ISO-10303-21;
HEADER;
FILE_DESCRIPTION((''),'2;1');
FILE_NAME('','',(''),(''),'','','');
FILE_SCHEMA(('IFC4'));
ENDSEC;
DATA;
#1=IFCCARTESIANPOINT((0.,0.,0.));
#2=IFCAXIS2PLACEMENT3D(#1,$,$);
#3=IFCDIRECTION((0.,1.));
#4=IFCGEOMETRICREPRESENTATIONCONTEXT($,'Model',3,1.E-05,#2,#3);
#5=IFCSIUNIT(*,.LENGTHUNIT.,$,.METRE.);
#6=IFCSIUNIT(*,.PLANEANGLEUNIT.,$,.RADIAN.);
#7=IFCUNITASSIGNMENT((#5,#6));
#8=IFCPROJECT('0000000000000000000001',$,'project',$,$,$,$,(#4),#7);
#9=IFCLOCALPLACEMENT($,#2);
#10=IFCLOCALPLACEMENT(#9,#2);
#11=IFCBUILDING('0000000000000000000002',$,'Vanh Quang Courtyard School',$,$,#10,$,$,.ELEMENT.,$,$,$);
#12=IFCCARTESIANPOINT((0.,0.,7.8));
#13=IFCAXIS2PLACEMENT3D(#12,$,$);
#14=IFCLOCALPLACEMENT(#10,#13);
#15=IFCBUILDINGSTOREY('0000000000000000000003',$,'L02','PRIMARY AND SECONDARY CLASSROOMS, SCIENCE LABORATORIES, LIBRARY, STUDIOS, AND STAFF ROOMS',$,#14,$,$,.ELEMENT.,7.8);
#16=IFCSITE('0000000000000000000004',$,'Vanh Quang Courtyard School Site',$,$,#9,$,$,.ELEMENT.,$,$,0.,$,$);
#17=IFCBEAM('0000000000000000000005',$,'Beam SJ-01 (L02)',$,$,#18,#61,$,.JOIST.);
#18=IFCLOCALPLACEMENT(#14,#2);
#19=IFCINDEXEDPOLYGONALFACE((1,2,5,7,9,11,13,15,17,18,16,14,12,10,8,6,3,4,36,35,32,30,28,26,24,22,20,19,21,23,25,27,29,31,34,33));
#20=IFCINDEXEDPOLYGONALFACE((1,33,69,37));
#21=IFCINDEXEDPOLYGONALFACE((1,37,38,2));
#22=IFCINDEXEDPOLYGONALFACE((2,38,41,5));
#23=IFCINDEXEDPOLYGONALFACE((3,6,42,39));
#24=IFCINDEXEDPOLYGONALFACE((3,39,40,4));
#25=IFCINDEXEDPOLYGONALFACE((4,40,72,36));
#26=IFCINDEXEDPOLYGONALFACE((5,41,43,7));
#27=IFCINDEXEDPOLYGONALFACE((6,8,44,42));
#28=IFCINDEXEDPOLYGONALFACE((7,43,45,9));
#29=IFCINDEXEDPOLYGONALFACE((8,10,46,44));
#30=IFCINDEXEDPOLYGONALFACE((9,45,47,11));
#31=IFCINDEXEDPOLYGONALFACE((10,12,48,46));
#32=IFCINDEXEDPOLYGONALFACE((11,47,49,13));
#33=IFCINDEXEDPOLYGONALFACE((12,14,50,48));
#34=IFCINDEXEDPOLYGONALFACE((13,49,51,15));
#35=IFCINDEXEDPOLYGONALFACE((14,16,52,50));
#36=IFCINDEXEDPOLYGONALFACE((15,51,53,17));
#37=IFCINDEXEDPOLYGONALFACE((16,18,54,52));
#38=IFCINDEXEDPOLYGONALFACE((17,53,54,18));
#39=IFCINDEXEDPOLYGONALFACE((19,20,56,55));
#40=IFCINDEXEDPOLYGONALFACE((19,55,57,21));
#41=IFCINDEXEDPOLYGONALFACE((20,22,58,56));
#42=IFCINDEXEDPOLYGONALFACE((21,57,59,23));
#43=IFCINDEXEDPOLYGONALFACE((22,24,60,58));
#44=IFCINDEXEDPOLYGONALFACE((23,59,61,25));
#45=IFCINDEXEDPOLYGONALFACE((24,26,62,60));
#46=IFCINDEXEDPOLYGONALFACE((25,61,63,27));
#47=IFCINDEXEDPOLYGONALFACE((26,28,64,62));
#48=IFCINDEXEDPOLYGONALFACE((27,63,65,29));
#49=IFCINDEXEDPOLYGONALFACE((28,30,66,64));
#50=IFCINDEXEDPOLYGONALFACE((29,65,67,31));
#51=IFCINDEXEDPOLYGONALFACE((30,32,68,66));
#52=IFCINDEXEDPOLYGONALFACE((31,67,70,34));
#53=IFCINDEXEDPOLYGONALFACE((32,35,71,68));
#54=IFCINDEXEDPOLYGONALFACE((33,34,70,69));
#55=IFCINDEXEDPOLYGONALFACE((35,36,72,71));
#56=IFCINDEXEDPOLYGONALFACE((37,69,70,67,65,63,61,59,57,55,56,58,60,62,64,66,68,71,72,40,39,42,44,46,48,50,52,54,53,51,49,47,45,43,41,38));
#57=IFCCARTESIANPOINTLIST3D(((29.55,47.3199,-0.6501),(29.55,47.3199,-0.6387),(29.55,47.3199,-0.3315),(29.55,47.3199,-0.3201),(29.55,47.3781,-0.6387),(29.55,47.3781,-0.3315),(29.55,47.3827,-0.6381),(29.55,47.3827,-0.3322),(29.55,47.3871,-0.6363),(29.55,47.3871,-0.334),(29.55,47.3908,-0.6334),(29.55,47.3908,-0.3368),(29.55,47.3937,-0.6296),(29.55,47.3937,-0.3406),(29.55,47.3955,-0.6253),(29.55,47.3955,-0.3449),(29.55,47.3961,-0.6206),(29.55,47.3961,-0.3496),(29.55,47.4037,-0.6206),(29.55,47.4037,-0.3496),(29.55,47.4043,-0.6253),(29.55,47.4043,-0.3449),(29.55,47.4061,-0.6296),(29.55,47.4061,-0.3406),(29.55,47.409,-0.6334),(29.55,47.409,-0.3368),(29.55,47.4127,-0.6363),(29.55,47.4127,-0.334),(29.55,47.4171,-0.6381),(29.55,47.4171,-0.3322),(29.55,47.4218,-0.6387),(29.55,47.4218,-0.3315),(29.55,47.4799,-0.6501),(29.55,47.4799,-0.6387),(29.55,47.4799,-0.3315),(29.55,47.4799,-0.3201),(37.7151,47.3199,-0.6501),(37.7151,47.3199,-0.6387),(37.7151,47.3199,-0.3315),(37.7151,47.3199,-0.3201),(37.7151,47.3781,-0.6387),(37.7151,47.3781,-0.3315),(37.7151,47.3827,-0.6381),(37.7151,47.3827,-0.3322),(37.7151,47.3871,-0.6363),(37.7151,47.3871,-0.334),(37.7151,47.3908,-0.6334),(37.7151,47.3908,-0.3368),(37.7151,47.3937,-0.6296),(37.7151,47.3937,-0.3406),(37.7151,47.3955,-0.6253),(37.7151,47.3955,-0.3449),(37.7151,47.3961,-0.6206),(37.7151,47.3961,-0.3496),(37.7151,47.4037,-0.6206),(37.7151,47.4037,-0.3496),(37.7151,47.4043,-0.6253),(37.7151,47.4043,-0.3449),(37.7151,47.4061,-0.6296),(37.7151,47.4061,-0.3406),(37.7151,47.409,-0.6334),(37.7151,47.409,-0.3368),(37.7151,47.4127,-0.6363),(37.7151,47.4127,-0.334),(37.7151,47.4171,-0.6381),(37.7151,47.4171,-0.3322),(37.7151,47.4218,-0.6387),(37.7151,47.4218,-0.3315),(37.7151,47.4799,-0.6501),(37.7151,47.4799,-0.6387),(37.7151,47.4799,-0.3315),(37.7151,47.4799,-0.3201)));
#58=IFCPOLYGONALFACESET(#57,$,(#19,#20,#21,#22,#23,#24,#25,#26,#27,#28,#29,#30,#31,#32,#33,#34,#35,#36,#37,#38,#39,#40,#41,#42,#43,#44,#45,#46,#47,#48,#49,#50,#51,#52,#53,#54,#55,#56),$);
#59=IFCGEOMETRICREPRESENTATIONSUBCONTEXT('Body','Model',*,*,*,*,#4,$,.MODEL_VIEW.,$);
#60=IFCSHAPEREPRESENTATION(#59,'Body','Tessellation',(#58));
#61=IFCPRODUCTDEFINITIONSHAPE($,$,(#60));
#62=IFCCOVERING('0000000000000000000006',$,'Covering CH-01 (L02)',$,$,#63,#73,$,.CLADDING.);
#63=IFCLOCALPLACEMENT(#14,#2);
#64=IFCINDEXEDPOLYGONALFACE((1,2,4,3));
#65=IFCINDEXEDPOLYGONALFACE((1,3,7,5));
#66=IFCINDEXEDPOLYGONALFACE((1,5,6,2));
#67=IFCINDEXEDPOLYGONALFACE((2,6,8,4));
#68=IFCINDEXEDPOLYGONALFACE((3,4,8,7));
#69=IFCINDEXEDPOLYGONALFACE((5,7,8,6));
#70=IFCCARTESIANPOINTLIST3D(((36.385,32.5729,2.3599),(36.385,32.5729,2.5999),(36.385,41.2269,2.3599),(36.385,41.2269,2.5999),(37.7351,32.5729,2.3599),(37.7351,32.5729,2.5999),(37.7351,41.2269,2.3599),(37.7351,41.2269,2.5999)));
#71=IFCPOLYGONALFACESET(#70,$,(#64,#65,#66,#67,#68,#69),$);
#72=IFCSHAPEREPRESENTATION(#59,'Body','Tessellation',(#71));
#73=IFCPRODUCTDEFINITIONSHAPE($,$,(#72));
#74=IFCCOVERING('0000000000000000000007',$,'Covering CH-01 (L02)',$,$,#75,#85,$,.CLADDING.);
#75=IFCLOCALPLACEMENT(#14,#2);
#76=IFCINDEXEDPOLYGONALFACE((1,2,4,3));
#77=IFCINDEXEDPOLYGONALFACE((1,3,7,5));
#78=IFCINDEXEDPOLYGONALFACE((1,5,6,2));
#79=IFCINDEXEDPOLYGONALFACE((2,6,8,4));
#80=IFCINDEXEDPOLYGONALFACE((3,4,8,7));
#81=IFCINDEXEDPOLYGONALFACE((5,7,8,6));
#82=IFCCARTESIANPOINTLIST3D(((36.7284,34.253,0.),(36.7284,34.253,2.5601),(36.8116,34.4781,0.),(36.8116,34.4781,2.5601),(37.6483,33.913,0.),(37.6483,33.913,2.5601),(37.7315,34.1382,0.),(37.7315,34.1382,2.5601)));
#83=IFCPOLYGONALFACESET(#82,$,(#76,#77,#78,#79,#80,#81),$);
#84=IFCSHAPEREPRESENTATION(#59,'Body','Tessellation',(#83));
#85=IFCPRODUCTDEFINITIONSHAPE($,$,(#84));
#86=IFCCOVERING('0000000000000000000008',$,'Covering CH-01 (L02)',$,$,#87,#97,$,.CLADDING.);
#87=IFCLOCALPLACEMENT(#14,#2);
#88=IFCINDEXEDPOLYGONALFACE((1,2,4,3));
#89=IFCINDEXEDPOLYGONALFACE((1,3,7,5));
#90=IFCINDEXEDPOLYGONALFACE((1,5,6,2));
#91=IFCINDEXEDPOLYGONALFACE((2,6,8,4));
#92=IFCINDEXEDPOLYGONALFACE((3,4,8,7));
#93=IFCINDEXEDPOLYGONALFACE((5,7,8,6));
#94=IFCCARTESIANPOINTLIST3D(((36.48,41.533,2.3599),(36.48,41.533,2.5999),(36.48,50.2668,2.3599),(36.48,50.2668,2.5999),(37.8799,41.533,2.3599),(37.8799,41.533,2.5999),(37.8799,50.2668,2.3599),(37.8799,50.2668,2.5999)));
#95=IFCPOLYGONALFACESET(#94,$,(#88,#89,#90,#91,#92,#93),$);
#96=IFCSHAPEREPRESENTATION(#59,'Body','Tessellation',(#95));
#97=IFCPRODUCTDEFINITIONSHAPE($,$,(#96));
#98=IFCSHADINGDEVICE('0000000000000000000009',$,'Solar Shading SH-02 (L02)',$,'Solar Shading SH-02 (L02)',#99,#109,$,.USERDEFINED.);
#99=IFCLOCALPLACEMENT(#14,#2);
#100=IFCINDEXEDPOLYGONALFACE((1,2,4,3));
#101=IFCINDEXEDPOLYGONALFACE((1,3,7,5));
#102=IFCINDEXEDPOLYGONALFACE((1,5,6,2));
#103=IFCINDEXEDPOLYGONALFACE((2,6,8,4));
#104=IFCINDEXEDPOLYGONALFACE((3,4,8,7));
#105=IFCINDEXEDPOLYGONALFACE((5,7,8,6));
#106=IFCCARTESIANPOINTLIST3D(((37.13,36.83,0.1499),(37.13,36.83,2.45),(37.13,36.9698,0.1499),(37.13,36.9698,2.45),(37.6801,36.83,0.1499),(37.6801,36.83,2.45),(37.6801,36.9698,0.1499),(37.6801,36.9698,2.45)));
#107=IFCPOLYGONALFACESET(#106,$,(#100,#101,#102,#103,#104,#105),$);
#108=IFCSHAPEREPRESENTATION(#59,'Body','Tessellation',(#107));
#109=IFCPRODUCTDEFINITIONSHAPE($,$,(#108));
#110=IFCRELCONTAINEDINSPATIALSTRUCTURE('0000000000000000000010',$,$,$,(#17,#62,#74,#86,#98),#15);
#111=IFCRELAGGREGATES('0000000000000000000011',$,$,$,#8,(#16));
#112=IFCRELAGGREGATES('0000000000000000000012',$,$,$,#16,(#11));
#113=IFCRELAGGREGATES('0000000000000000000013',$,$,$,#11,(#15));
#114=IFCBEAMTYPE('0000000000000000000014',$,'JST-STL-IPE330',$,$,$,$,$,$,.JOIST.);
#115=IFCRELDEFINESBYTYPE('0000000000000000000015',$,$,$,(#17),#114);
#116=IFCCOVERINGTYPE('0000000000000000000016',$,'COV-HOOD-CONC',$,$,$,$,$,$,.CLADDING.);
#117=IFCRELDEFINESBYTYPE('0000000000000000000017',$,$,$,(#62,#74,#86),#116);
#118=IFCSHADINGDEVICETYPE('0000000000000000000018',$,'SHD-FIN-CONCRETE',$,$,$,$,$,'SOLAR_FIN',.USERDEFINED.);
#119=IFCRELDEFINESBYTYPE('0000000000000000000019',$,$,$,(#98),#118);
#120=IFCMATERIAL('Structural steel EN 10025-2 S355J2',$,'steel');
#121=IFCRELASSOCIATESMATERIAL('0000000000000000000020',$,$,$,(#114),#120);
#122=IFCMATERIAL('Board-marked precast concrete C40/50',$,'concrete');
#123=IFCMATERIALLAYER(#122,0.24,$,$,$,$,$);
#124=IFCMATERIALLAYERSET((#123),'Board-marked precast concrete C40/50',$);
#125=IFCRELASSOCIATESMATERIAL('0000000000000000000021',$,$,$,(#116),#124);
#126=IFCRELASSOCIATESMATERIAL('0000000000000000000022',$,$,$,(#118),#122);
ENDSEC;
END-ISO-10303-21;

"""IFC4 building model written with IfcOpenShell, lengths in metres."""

from ifc_helpers import new_model, si_unit, direction, frame, origin, origin_2d, place, context, subcontext, project, spatial, rectangle, i_section, extrude, material, layer, layer_set, material_profile, profile_set, type_object, element, save


model = new_model("IFC4")

# Units and contexts
model_context = context("Model", 3, precision=1e-05, world=origin(), true_north=direction((0.0, 1.0)))
body_context = subcontext(model_context, "Body", "Model", "MODEL_VIEW")
ifc_project = project(units=[si_unit("LENGTHUNIT", "METRE"), si_unit("PLANEANGLEUNIT", "RADIAN")], contexts=[model_context])

# Site, building, storey
site_placement = place(None, origin())
site = spatial("IfcSite", under=ifc_project, at=site_placement, Name="Vanh Quang Courtyard School Site", CompositionType="ELEMENT", RefElevation=0.0)
building_placement = place(site_placement, origin())
building = spatial("IfcBuilding", under=site, at=building_placement, Name="Vanh Quang Courtyard School", CompositionType="ELEMENT")
storey_placement = place(building_placement, frame((0.0, 0.0, 7.8)))
storey = spatial("IfcBuildingStorey", under=building, at=storey_placement, Name="L02", Description="PRIMARY AND SECONDARY CLASSROOMS, SCIENCE LABORATORIES, LIBRARY, STUDIOS, AND STAFF ROOMS", CompositionType="ELEMENT", Elevation=7.8)

# Beam
ifc_material_1 = material(Name="Structural steel EN 10025-2 S355J2", Category="steel")
ifc_material_profile_1 = material_profile(ifc_material_1, i_section(OverallWidth=0.1599, OverallDepth=0.3301, WebThickness=0.0076, FlangeThickness=0.0115, FilletRadius=0.0181, at=origin_2d()), Name="IPE 330")
ifc_profile_set_1 = profile_set([ifc_material_profile_1], Name="Structural steel EN 10025-2 S355J2")
beam_type_1 = type_object("IfcBeamType", Name="JST-STL-IPE330", PredefinedType="JOIST", material=ifc_profile_set_1)
for number, where, z_axis, x_axis, name in (
    (1, (29.55, 47.3999, -0.4851), (1.0, 0.0, 0.0), (0.0, 1.0, 0.0), "Beam SJ-01 (L02)"),
):
    element("IfcBeam", number, at=place(storey_placement, frame(where, z_axis=z_axis, x_axis=x_axis)), inside=storey, type_object=beam_type_1, Name=name, PredefinedType="JOIST", context=body_context, shape_type="SweptSolid", body=[
        extrude(i_section(OverallWidth=0.1599, OverallDepth=0.3301, WebThickness=0.0076, FlangeThickness=0.0115, FilletRadius=0.0181, at=origin_2d()), origin(), (0.0, 0.0, 1.0), 8.165),
    ])

# Coverings
ifc_material_2 = material(Name="Board-marked precast concrete C40/50", Category="concrete")
ifc_layer = layer(ifc_material_2, 0.24)
ifc_layer_set = layer_set([ifc_layer], Name="Board-marked precast concrete C40/50")
covering_type = type_object("IfcCoveringType", Name="COV-HOOD-CONC", PredefinedType="CLADDING", material=ifc_layer_set)
covering_1_placement = place(storey_placement, frame((37.0601, 36.8999, 2.3599), z_axis=(0.0, 0.0, 1.0), x_axis=(0.0, 1.0, 0.0)))
element("IfcCovering", 2, at=covering_1_placement, inside=storey, type_object=covering_type, Name="Covering CH-01 (L02)", PredefinedType="CLADDING", context=body_context, shape_type="SweptSolid", body=[
    extrude(rectangle(XDim=8.6541, YDim=1.3501, at=origin_2d()), origin(), (0.0, 0.0, 1.0), 0.24),
])
covering_2_placement = place(storey_placement, frame((37.23, 34.1956, 0.0), z_axis=(0.0, 0.0, 1.0), x_axis=(-0.93801, 0.346608, 0.0)))
element("IfcCovering", 3, at=covering_2_placement, inside=storey, type_object=covering_type, Name="Covering CH-01 (L02)", PredefinedType="CLADDING", context=body_context, shape_type="SweptSolid", body=[
    extrude(rectangle(XDim=0.9807, YDim=0.24, at=origin_2d()), origin(), (0.0, 0.0, 1.0), 2.5601),
])
covering_3_placement = place(storey_placement, frame((37.1799, 45.8999, 2.3599), z_axis=(0.0, 0.0, 1.0), x_axis=(0.0, 1.0, 0.0)))
element("IfcCovering", 4, at=covering_3_placement, inside=storey, type_object=covering_type, Name="Covering CH-01 (L02)", PredefinedType="CLADDING", context=body_context, shape_type="SweptSolid", body=[
    extrude(rectangle(XDim=8.7339, YDim=1.3999, at=origin_2d()), origin(), (0.0, 0.0, 1.0), 0.24),
])

# Shading device
shading_device_type = type_object("IfcShadingDeviceType", Name="SHD-FIN-CONCRETE", ElementType="SOLAR_FIN", PredefinedType="USERDEFINED", material=ifc_material_2)
shading_device_placement = place(storey_placement, frame((37.405, 36.8999, 0.1499), z_axis=(0.0, 0.0, 1.0), x_axis=(0.0, 1.0, 0.0)))
element("IfcShadingDevice", 5, at=shading_device_placement, inside=storey, type_object=shading_device_type, Name="Solar Shading SH-02 (L02)", ObjectType="Solar Shading SH-02 (L02)", PredefinedType="USERDEFINED", context=body_context, shape_type="SweptSolid", body=[
    extrude(rectangle(XDim=0.1399, YDim=0.55, at=origin_2d()), origin(), (0.0, 0.0, 1.0), 2.3),
])

save(model, "model.ifc")
